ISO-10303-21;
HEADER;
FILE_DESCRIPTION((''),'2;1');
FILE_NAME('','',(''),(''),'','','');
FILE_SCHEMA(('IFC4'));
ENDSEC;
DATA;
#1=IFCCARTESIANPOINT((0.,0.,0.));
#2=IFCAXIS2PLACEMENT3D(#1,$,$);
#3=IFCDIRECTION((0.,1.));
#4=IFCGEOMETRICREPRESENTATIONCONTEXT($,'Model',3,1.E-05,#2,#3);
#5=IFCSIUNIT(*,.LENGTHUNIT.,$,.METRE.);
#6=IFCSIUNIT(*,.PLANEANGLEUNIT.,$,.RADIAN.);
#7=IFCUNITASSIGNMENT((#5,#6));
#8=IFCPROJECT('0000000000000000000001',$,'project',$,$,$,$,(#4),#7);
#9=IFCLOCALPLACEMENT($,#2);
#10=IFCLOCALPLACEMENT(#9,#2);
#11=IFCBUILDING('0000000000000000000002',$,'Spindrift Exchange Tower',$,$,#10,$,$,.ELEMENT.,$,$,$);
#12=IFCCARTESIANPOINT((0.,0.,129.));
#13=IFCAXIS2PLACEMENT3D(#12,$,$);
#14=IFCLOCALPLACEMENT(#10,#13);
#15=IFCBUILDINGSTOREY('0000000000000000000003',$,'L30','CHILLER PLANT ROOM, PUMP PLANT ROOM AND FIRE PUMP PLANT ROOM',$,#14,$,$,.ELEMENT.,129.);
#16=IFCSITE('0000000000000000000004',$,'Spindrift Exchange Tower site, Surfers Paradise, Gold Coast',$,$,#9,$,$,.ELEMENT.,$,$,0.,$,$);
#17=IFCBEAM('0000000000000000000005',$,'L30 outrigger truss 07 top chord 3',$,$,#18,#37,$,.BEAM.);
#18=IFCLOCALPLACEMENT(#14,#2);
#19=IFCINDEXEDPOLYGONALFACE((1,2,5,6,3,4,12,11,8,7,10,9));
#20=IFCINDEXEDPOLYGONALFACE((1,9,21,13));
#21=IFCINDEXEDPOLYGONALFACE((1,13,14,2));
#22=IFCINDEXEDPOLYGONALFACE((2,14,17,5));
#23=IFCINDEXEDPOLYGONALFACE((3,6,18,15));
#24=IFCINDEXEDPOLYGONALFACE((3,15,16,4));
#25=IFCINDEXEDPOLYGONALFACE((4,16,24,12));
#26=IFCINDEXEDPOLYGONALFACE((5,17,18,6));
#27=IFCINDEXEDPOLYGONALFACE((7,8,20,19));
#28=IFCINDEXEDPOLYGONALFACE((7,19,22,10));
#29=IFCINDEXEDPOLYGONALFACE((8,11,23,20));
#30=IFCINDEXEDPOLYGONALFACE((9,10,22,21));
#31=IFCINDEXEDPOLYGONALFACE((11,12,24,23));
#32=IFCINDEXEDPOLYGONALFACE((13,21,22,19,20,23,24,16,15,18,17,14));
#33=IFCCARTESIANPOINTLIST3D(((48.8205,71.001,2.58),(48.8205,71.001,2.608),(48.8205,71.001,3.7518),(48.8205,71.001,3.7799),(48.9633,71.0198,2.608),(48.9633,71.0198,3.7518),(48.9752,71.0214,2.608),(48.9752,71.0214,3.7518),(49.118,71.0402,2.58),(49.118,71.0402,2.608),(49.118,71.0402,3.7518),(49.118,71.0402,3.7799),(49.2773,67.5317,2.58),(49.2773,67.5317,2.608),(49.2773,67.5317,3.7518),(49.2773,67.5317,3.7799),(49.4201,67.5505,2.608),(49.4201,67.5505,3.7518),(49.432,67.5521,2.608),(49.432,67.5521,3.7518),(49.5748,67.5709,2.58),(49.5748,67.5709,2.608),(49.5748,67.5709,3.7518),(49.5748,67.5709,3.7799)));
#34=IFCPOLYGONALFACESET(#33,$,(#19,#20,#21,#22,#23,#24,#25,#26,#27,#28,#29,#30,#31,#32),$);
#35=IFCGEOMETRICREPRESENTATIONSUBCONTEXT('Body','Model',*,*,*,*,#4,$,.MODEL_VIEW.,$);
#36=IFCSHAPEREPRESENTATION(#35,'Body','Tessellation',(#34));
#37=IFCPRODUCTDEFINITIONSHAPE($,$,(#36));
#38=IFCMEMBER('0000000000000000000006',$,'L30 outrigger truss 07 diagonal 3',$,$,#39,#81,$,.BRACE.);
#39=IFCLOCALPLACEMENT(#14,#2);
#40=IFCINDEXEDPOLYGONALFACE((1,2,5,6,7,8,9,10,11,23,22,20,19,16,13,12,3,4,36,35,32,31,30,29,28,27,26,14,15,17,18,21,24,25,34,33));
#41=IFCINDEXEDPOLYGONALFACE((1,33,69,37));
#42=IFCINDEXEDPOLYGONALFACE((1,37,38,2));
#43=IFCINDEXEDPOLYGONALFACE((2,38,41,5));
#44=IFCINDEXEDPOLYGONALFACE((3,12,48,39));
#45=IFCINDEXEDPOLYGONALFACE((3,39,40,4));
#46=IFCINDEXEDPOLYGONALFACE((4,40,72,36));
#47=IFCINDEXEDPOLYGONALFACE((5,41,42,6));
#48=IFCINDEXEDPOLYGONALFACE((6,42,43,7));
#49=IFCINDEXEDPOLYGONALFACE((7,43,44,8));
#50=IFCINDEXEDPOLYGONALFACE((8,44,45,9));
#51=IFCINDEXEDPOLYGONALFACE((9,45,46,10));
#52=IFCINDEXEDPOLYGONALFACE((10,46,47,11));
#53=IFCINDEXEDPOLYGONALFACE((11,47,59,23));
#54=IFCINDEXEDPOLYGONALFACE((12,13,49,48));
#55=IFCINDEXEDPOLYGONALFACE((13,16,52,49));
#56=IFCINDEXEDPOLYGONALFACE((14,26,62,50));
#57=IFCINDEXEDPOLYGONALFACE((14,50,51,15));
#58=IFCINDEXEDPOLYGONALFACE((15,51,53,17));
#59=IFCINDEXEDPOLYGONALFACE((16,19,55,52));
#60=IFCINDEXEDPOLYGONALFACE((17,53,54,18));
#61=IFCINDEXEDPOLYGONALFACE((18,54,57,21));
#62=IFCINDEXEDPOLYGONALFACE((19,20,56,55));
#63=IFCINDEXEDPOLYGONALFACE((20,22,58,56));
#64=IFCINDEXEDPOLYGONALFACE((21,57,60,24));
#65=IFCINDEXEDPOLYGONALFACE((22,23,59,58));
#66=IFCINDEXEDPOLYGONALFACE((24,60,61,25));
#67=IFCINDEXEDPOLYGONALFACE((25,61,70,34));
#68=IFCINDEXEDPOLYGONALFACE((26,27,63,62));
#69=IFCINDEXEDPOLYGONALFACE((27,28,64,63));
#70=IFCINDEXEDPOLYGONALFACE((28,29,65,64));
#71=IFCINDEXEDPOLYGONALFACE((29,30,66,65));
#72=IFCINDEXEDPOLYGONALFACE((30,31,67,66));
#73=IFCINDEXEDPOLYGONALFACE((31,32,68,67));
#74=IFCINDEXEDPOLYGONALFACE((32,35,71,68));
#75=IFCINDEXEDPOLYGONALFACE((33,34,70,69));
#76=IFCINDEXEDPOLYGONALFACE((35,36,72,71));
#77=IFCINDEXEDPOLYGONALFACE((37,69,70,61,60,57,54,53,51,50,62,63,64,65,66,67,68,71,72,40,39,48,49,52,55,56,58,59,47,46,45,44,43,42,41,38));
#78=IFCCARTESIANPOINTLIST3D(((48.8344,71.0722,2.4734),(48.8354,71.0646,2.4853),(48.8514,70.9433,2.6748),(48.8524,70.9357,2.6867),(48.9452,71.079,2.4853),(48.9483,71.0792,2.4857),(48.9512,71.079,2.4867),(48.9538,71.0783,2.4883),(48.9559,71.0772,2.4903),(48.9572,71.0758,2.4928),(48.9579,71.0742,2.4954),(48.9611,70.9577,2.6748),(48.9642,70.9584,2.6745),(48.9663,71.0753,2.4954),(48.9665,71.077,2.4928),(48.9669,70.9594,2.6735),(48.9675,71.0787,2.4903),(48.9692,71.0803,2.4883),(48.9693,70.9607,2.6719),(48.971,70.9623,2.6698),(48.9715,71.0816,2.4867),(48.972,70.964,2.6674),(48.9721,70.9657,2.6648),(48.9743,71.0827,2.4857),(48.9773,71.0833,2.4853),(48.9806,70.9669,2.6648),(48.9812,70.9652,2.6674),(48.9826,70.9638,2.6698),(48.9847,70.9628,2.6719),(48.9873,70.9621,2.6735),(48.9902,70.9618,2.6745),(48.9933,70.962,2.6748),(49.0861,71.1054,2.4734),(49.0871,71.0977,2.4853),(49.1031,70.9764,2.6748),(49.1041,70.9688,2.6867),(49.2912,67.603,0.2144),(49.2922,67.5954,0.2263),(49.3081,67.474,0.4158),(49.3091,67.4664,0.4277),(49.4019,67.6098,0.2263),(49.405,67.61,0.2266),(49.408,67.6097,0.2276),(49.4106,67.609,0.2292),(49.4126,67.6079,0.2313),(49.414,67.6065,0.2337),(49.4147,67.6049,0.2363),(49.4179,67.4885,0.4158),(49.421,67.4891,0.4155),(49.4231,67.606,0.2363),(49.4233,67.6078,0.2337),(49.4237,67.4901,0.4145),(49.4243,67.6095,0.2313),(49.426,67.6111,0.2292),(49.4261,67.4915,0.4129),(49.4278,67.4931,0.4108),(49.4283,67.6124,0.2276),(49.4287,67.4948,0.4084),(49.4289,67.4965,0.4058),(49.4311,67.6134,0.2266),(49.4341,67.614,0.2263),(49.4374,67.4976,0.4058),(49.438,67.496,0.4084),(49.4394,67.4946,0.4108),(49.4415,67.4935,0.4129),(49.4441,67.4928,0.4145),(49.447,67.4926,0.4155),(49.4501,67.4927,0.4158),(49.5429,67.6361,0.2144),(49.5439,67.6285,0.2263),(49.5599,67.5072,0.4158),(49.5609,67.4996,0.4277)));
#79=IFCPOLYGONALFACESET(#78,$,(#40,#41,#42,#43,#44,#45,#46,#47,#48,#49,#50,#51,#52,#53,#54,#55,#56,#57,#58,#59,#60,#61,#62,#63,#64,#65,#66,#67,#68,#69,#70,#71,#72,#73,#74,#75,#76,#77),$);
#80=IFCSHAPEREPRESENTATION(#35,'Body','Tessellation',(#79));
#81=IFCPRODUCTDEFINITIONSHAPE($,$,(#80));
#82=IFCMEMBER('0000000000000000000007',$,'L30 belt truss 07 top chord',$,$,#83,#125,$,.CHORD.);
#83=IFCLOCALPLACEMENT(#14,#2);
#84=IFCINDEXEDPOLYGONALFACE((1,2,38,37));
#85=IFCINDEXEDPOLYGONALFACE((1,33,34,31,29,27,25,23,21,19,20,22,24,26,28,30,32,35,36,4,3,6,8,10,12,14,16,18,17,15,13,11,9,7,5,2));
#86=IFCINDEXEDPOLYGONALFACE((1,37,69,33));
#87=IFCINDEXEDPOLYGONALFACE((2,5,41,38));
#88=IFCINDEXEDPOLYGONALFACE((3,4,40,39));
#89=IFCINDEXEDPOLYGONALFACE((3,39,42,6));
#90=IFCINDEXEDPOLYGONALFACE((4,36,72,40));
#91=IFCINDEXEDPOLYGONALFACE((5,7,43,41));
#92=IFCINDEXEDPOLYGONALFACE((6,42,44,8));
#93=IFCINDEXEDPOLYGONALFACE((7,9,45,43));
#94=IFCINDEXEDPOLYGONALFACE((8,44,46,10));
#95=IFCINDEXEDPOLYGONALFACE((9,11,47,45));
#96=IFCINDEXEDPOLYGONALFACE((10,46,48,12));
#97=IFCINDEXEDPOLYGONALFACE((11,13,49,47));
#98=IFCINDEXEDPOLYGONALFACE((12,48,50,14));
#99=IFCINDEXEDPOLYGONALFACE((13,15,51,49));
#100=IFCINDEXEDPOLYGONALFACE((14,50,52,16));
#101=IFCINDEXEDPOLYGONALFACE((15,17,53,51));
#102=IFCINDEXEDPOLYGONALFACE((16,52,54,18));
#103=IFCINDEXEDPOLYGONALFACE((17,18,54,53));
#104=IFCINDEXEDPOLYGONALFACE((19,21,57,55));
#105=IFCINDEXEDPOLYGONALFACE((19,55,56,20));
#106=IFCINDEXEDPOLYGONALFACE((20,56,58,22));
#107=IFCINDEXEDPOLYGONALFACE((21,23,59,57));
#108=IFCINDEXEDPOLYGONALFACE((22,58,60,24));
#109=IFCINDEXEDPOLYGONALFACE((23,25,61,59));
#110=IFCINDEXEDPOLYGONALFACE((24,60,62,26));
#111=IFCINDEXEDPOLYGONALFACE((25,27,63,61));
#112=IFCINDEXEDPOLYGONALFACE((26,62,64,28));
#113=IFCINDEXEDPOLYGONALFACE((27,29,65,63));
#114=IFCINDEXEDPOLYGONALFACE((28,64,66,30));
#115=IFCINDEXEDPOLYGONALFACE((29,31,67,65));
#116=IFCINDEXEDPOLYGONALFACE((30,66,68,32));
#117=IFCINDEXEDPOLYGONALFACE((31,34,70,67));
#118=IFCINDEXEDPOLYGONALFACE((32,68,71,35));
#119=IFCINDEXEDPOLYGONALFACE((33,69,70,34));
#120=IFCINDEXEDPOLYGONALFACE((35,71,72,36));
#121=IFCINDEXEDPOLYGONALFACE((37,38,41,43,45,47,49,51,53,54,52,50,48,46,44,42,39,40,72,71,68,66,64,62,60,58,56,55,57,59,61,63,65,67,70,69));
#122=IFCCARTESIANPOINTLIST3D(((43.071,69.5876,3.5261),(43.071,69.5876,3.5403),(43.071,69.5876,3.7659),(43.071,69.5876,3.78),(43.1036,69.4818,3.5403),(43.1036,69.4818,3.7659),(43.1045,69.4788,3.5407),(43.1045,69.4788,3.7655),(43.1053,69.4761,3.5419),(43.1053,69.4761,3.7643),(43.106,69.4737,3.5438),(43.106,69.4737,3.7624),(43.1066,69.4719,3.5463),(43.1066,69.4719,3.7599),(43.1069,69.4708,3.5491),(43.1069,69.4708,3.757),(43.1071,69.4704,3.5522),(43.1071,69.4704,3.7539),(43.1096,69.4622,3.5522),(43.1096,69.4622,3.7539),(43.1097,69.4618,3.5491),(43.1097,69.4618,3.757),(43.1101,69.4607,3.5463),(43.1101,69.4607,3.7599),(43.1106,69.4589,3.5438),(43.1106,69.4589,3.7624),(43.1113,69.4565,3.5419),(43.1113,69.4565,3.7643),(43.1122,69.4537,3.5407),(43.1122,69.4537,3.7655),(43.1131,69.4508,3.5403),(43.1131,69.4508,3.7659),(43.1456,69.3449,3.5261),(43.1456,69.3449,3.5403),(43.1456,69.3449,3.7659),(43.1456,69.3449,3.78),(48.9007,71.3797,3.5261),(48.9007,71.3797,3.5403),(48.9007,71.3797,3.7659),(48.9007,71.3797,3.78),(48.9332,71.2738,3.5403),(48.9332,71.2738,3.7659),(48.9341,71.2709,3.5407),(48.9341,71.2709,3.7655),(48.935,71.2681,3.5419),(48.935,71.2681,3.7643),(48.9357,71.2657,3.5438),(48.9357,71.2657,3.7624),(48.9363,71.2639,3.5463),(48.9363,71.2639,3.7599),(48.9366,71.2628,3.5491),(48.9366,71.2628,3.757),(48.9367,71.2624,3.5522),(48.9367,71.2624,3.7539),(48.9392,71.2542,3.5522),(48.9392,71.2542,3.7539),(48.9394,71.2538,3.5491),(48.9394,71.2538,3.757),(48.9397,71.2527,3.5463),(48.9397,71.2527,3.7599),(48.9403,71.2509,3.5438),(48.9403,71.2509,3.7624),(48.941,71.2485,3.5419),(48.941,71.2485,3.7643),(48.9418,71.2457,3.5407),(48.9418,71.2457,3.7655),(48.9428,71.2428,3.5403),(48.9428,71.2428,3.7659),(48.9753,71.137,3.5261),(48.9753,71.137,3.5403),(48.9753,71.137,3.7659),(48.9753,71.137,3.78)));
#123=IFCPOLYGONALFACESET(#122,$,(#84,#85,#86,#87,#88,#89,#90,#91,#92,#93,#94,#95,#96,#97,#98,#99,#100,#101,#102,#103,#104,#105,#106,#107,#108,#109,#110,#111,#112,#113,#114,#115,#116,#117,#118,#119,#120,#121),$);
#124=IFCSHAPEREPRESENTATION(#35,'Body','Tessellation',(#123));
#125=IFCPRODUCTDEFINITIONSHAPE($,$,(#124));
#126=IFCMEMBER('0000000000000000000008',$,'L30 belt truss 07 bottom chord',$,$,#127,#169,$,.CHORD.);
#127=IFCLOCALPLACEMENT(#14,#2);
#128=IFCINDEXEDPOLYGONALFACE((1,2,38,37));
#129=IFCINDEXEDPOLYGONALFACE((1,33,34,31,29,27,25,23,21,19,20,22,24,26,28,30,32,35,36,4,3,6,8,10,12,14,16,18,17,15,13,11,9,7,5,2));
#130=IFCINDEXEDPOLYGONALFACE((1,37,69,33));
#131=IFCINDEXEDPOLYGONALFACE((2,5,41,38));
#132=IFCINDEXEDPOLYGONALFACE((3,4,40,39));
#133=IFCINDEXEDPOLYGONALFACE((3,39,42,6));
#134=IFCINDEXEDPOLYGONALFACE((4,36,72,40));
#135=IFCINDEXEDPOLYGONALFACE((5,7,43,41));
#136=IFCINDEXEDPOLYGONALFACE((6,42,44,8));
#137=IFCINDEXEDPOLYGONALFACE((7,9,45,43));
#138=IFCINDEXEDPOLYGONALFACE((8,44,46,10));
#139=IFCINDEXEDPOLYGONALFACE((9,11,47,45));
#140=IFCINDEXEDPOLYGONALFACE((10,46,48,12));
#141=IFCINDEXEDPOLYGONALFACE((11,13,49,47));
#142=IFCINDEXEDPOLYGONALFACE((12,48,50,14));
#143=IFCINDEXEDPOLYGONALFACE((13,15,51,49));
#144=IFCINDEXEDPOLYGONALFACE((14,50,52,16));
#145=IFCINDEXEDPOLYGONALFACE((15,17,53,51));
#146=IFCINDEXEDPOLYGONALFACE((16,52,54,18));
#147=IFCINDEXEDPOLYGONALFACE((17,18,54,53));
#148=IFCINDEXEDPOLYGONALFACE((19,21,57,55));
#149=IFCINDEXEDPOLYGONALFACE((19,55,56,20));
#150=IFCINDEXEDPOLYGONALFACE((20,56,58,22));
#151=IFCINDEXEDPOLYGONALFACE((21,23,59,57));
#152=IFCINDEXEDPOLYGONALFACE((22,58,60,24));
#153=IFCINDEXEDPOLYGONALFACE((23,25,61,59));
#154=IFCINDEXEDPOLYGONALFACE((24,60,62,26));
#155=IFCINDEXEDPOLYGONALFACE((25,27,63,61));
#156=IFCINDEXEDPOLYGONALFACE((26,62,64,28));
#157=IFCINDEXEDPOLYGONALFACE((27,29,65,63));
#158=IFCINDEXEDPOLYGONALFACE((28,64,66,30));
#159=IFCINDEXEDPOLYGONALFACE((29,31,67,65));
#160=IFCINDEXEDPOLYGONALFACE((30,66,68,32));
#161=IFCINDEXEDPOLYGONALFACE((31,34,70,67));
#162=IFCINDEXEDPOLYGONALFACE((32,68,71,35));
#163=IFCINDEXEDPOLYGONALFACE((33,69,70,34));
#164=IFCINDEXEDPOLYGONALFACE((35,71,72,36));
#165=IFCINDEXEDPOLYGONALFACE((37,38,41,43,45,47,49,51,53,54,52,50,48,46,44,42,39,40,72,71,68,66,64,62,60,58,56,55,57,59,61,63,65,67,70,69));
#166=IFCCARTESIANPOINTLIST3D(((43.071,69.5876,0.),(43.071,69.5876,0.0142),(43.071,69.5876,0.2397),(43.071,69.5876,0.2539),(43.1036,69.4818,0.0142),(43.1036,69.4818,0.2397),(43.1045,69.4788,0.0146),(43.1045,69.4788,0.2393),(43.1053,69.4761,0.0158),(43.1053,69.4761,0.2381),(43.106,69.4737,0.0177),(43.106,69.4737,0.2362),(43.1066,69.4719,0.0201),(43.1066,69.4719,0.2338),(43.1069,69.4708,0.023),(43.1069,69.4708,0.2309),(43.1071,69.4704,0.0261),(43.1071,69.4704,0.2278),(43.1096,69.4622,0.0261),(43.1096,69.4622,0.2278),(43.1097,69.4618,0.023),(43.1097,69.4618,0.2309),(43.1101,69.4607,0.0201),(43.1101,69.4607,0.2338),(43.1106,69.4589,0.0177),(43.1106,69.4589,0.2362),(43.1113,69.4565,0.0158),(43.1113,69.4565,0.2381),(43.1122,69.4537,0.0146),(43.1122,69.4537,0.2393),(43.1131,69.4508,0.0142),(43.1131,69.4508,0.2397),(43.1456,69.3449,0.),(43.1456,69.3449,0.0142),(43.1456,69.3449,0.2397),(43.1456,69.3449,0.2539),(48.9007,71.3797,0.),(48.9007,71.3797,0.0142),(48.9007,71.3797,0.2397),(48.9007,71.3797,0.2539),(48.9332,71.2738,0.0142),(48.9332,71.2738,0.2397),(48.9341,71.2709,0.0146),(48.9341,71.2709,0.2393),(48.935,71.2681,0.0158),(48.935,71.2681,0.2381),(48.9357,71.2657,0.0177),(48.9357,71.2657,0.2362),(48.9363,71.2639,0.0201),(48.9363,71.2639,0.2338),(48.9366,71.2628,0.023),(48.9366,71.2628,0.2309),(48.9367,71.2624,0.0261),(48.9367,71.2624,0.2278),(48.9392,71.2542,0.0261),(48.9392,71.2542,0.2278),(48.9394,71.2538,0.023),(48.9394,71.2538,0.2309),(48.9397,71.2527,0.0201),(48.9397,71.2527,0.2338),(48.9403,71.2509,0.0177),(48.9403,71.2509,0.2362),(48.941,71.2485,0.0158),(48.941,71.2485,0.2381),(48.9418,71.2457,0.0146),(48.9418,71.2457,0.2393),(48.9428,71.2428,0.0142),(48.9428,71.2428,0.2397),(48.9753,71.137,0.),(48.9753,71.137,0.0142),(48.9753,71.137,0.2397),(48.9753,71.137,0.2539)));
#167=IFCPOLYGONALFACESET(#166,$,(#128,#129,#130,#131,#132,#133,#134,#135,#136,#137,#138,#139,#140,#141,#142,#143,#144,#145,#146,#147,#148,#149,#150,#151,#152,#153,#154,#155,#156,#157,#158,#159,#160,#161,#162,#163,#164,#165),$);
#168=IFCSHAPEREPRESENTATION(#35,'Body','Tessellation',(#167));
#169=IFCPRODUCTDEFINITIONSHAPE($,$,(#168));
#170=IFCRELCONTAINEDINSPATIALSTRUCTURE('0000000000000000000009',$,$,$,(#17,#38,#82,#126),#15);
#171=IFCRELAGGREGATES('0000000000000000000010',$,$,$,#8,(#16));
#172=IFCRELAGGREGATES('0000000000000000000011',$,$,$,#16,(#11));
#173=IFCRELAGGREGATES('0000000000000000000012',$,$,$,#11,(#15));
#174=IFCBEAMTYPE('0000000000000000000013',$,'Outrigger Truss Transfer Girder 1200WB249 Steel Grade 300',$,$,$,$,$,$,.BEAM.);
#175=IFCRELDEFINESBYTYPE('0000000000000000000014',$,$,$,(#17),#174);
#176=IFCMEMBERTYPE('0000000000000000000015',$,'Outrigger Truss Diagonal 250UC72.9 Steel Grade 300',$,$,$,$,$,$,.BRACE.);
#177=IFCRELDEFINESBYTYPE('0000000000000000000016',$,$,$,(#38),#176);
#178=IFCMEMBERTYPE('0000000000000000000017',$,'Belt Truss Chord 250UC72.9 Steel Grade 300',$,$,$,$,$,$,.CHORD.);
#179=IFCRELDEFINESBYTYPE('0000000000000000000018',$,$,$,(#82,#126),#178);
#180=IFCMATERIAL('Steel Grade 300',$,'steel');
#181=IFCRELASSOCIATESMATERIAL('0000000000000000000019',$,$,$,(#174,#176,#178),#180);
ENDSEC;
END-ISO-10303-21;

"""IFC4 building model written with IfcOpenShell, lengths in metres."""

from ifc_helpers import new_model, si_unit, direction, frame, origin, origin_2d, place, context, subcontext, project, spatial, i_section, extrude, source, transform, mapped, material, material_profile, profile_set, type_object, element, save


model = new_model("IFC4")

# Units and contexts
model_context = context("Model", 3, precision=1e-05, world=origin(), true_north=direction((0.0, 1.0)))
body_context = subcontext(model_context, "Body", "Model", "MODEL_VIEW")
ifc_project = project(units=[si_unit("LENGTHUNIT", "METRE"), si_unit("PLANEANGLEUNIT", "RADIAN")], contexts=[model_context])

# Site, building, storey
site_placement = place(None, origin())
site = spatial("IfcSite", under=ifc_project, at=site_placement, Name="Spindrift Exchange Tower site, Surfers Paradise, Gold Coast", CompositionType="ELEMENT", RefElevation=0.0)
building_placement = place(site_placement, origin())
building = spatial("IfcBuilding", under=site, at=building_placement, Name="Spindrift Exchange Tower", CompositionType="ELEMENT")
storey_placement = place(building_placement, frame((0.0, 0.0, 129.0)))
storey = spatial("IfcBuildingStorey", under=building, at=storey_placement, Name="L30", Description="CHILLER PLANT ROOM, PUMP PLANT ROOM AND FIRE PUMP PLANT ROOM", CompositionType="ELEMENT", Elevation=129.0)

# Shared definitions
ifc_material_1 = material(Name="Steel Grade 300", Category="steel")

# Shared definitions
ifc_material_profile_1 = material_profile(ifc_material_1, i_section(OverallWidth=0.3, OverallDepth=1.2, WebThickness=0.012, FlangeThickness=0.0281, at=origin_2d()), Name="1200WB249")
ifc_profile_set_1 = profile_set([ifc_material_profile_1], Name="Steel Grade 300")
beam_type_1 = type_object("IfcBeamType", Name="Outrigger Truss Transfer Girder 1200WB249 Steel Grade 300", PredefinedType="BEAM", material=ifc_profile_set_1)

# Shared definitions
ifc_material_profile_2 = material_profile(ifc_material_1, i_section(OverallWidth=0.2539, OverallDepth=0.2539, WebThickness=0.0085, FlangeThickness=0.0142, FilletRadius=0.012, at=origin_2d()), Name="250UC72.9")
ifc_profile_set_2 = profile_set([ifc_material_profile_2], Name="Steel Grade 300")
member_type_1 = type_object("IfcMemberType", Name="Outrigger Truss Diagonal 250UC72.9 Steel Grade 300", PredefinedType="BRACE", material=ifc_profile_set_2)

# Beam
shared_shape_1 = source(origin(), body_context, "Body", "SweptSolid", [
    extrude(i_section(OverallWidth=0.3, OverallDepth=1.2, WebThickness=0.012, FlangeThickness=0.0281, at=origin_2d()), origin(), (0.0, 0.0, 1.0), 3.4993),
])
beam_1_placement = place(storey_placement, frame((49.426, 67.5513, 3.1799), z_axis=(-0.130541, 0.991443, 0.0), x_axis=(-0.991443, -0.130541, 0.0)))
element("IfcBeam", 1, at=beam_1_placement, inside=storey, type_object=beam_type_1, Name="L30 outrigger truss 07 top chord 3", PredefinedType="BEAM", context=body_context, shape_type="MappedRepresentation", body=[
    mapped(shared_shape_1, transform((0.0, 0.0, 0.0), scale=1.0)),
])

# Members
shared_shape_2 = source(origin(), body_context, "Body", "SweptSolid", [
    extrude(i_section(OverallWidth=0.2539, OverallDepth=0.2539, WebThickness=0.0085, FlangeThickness=0.0142, FilletRadius=0.012, at=origin_2d()), origin(), (0.0, 0.0, 1.0), 4.165),
])
member_1_placement = place(storey_placement, frame((49.426, 67.5513, 0.321), z_axis=(-0.109672, 0.832944, 0.542381), x_axis=(-0.991443, -0.130541, 0.0)))
element("IfcMember", 2, at=member_1_placement, inside=storey, type_object=member_type_1, Name="L30 outrigger truss 07 diagonal 3", PredefinedType="BRACE", context=body_context, shape_type="MappedRepresentation", body=[
    mapped(shared_shape_2, transform((0.0, 0.0, 0.0), scale=1.0)),
])
ifc_material_profile_3 = material_profile(ifc_material_1, i_section(OverallWidth=0.2539, OverallDepth=0.2539, WebThickness=0.0085, FlangeThickness=0.0142, FilletRadius=0.012, at=origin_2d()), Name="250UC72.9")
ifc_profile_set_3 = profile_set([ifc_material_profile_3], Name="Steel Grade 300")
member_type_2 = type_object("IfcMemberType", Name="Belt Truss Chord 250UC72.9 Steel Grade 300", PredefinedType="CHORD", material=ifc_profile_set_3)
shared_shape_3 = source(origin(), body_context, "Body", "SweptSolid", [
    extrude(i_section(OverallWidth=0.2539, OverallDepth=0.2539, WebThickness=0.0085, FlangeThickness=0.0142, FilletRadius=0.012, at=origin_2d()), origin(), (0.0, 0.0, 1.0), 6.0989),
])
for number, where, z_axis, x_axis, name in (
    (3, (48.938, 71.2583, 3.6531), (-0.955859, -0.293827, 0.0), (0.293827, -0.955859, 0.0), "L30 belt truss 07 top chord"),
    (4, (48.938, 71.2583, 0.127), (-0.955859, -0.293827, 0.0), (0.293827, -0.955859, 0.0), "L30 belt truss 07 bottom chord"),
):
    element("IfcMember", number, at=place(storey_placement, frame(where, z_axis=z_axis, x_axis=x_axis)), inside=storey, type_object=member_type_2, Name=name, PredefinedType="CHORD", context=body_context, shape_type="MappedRepresentation", body=[
        mapped(shared_shape_3, transform((0.0, 0.0, 0.0), scale=1.0)),
    ])

save(model, "model.ifc")
